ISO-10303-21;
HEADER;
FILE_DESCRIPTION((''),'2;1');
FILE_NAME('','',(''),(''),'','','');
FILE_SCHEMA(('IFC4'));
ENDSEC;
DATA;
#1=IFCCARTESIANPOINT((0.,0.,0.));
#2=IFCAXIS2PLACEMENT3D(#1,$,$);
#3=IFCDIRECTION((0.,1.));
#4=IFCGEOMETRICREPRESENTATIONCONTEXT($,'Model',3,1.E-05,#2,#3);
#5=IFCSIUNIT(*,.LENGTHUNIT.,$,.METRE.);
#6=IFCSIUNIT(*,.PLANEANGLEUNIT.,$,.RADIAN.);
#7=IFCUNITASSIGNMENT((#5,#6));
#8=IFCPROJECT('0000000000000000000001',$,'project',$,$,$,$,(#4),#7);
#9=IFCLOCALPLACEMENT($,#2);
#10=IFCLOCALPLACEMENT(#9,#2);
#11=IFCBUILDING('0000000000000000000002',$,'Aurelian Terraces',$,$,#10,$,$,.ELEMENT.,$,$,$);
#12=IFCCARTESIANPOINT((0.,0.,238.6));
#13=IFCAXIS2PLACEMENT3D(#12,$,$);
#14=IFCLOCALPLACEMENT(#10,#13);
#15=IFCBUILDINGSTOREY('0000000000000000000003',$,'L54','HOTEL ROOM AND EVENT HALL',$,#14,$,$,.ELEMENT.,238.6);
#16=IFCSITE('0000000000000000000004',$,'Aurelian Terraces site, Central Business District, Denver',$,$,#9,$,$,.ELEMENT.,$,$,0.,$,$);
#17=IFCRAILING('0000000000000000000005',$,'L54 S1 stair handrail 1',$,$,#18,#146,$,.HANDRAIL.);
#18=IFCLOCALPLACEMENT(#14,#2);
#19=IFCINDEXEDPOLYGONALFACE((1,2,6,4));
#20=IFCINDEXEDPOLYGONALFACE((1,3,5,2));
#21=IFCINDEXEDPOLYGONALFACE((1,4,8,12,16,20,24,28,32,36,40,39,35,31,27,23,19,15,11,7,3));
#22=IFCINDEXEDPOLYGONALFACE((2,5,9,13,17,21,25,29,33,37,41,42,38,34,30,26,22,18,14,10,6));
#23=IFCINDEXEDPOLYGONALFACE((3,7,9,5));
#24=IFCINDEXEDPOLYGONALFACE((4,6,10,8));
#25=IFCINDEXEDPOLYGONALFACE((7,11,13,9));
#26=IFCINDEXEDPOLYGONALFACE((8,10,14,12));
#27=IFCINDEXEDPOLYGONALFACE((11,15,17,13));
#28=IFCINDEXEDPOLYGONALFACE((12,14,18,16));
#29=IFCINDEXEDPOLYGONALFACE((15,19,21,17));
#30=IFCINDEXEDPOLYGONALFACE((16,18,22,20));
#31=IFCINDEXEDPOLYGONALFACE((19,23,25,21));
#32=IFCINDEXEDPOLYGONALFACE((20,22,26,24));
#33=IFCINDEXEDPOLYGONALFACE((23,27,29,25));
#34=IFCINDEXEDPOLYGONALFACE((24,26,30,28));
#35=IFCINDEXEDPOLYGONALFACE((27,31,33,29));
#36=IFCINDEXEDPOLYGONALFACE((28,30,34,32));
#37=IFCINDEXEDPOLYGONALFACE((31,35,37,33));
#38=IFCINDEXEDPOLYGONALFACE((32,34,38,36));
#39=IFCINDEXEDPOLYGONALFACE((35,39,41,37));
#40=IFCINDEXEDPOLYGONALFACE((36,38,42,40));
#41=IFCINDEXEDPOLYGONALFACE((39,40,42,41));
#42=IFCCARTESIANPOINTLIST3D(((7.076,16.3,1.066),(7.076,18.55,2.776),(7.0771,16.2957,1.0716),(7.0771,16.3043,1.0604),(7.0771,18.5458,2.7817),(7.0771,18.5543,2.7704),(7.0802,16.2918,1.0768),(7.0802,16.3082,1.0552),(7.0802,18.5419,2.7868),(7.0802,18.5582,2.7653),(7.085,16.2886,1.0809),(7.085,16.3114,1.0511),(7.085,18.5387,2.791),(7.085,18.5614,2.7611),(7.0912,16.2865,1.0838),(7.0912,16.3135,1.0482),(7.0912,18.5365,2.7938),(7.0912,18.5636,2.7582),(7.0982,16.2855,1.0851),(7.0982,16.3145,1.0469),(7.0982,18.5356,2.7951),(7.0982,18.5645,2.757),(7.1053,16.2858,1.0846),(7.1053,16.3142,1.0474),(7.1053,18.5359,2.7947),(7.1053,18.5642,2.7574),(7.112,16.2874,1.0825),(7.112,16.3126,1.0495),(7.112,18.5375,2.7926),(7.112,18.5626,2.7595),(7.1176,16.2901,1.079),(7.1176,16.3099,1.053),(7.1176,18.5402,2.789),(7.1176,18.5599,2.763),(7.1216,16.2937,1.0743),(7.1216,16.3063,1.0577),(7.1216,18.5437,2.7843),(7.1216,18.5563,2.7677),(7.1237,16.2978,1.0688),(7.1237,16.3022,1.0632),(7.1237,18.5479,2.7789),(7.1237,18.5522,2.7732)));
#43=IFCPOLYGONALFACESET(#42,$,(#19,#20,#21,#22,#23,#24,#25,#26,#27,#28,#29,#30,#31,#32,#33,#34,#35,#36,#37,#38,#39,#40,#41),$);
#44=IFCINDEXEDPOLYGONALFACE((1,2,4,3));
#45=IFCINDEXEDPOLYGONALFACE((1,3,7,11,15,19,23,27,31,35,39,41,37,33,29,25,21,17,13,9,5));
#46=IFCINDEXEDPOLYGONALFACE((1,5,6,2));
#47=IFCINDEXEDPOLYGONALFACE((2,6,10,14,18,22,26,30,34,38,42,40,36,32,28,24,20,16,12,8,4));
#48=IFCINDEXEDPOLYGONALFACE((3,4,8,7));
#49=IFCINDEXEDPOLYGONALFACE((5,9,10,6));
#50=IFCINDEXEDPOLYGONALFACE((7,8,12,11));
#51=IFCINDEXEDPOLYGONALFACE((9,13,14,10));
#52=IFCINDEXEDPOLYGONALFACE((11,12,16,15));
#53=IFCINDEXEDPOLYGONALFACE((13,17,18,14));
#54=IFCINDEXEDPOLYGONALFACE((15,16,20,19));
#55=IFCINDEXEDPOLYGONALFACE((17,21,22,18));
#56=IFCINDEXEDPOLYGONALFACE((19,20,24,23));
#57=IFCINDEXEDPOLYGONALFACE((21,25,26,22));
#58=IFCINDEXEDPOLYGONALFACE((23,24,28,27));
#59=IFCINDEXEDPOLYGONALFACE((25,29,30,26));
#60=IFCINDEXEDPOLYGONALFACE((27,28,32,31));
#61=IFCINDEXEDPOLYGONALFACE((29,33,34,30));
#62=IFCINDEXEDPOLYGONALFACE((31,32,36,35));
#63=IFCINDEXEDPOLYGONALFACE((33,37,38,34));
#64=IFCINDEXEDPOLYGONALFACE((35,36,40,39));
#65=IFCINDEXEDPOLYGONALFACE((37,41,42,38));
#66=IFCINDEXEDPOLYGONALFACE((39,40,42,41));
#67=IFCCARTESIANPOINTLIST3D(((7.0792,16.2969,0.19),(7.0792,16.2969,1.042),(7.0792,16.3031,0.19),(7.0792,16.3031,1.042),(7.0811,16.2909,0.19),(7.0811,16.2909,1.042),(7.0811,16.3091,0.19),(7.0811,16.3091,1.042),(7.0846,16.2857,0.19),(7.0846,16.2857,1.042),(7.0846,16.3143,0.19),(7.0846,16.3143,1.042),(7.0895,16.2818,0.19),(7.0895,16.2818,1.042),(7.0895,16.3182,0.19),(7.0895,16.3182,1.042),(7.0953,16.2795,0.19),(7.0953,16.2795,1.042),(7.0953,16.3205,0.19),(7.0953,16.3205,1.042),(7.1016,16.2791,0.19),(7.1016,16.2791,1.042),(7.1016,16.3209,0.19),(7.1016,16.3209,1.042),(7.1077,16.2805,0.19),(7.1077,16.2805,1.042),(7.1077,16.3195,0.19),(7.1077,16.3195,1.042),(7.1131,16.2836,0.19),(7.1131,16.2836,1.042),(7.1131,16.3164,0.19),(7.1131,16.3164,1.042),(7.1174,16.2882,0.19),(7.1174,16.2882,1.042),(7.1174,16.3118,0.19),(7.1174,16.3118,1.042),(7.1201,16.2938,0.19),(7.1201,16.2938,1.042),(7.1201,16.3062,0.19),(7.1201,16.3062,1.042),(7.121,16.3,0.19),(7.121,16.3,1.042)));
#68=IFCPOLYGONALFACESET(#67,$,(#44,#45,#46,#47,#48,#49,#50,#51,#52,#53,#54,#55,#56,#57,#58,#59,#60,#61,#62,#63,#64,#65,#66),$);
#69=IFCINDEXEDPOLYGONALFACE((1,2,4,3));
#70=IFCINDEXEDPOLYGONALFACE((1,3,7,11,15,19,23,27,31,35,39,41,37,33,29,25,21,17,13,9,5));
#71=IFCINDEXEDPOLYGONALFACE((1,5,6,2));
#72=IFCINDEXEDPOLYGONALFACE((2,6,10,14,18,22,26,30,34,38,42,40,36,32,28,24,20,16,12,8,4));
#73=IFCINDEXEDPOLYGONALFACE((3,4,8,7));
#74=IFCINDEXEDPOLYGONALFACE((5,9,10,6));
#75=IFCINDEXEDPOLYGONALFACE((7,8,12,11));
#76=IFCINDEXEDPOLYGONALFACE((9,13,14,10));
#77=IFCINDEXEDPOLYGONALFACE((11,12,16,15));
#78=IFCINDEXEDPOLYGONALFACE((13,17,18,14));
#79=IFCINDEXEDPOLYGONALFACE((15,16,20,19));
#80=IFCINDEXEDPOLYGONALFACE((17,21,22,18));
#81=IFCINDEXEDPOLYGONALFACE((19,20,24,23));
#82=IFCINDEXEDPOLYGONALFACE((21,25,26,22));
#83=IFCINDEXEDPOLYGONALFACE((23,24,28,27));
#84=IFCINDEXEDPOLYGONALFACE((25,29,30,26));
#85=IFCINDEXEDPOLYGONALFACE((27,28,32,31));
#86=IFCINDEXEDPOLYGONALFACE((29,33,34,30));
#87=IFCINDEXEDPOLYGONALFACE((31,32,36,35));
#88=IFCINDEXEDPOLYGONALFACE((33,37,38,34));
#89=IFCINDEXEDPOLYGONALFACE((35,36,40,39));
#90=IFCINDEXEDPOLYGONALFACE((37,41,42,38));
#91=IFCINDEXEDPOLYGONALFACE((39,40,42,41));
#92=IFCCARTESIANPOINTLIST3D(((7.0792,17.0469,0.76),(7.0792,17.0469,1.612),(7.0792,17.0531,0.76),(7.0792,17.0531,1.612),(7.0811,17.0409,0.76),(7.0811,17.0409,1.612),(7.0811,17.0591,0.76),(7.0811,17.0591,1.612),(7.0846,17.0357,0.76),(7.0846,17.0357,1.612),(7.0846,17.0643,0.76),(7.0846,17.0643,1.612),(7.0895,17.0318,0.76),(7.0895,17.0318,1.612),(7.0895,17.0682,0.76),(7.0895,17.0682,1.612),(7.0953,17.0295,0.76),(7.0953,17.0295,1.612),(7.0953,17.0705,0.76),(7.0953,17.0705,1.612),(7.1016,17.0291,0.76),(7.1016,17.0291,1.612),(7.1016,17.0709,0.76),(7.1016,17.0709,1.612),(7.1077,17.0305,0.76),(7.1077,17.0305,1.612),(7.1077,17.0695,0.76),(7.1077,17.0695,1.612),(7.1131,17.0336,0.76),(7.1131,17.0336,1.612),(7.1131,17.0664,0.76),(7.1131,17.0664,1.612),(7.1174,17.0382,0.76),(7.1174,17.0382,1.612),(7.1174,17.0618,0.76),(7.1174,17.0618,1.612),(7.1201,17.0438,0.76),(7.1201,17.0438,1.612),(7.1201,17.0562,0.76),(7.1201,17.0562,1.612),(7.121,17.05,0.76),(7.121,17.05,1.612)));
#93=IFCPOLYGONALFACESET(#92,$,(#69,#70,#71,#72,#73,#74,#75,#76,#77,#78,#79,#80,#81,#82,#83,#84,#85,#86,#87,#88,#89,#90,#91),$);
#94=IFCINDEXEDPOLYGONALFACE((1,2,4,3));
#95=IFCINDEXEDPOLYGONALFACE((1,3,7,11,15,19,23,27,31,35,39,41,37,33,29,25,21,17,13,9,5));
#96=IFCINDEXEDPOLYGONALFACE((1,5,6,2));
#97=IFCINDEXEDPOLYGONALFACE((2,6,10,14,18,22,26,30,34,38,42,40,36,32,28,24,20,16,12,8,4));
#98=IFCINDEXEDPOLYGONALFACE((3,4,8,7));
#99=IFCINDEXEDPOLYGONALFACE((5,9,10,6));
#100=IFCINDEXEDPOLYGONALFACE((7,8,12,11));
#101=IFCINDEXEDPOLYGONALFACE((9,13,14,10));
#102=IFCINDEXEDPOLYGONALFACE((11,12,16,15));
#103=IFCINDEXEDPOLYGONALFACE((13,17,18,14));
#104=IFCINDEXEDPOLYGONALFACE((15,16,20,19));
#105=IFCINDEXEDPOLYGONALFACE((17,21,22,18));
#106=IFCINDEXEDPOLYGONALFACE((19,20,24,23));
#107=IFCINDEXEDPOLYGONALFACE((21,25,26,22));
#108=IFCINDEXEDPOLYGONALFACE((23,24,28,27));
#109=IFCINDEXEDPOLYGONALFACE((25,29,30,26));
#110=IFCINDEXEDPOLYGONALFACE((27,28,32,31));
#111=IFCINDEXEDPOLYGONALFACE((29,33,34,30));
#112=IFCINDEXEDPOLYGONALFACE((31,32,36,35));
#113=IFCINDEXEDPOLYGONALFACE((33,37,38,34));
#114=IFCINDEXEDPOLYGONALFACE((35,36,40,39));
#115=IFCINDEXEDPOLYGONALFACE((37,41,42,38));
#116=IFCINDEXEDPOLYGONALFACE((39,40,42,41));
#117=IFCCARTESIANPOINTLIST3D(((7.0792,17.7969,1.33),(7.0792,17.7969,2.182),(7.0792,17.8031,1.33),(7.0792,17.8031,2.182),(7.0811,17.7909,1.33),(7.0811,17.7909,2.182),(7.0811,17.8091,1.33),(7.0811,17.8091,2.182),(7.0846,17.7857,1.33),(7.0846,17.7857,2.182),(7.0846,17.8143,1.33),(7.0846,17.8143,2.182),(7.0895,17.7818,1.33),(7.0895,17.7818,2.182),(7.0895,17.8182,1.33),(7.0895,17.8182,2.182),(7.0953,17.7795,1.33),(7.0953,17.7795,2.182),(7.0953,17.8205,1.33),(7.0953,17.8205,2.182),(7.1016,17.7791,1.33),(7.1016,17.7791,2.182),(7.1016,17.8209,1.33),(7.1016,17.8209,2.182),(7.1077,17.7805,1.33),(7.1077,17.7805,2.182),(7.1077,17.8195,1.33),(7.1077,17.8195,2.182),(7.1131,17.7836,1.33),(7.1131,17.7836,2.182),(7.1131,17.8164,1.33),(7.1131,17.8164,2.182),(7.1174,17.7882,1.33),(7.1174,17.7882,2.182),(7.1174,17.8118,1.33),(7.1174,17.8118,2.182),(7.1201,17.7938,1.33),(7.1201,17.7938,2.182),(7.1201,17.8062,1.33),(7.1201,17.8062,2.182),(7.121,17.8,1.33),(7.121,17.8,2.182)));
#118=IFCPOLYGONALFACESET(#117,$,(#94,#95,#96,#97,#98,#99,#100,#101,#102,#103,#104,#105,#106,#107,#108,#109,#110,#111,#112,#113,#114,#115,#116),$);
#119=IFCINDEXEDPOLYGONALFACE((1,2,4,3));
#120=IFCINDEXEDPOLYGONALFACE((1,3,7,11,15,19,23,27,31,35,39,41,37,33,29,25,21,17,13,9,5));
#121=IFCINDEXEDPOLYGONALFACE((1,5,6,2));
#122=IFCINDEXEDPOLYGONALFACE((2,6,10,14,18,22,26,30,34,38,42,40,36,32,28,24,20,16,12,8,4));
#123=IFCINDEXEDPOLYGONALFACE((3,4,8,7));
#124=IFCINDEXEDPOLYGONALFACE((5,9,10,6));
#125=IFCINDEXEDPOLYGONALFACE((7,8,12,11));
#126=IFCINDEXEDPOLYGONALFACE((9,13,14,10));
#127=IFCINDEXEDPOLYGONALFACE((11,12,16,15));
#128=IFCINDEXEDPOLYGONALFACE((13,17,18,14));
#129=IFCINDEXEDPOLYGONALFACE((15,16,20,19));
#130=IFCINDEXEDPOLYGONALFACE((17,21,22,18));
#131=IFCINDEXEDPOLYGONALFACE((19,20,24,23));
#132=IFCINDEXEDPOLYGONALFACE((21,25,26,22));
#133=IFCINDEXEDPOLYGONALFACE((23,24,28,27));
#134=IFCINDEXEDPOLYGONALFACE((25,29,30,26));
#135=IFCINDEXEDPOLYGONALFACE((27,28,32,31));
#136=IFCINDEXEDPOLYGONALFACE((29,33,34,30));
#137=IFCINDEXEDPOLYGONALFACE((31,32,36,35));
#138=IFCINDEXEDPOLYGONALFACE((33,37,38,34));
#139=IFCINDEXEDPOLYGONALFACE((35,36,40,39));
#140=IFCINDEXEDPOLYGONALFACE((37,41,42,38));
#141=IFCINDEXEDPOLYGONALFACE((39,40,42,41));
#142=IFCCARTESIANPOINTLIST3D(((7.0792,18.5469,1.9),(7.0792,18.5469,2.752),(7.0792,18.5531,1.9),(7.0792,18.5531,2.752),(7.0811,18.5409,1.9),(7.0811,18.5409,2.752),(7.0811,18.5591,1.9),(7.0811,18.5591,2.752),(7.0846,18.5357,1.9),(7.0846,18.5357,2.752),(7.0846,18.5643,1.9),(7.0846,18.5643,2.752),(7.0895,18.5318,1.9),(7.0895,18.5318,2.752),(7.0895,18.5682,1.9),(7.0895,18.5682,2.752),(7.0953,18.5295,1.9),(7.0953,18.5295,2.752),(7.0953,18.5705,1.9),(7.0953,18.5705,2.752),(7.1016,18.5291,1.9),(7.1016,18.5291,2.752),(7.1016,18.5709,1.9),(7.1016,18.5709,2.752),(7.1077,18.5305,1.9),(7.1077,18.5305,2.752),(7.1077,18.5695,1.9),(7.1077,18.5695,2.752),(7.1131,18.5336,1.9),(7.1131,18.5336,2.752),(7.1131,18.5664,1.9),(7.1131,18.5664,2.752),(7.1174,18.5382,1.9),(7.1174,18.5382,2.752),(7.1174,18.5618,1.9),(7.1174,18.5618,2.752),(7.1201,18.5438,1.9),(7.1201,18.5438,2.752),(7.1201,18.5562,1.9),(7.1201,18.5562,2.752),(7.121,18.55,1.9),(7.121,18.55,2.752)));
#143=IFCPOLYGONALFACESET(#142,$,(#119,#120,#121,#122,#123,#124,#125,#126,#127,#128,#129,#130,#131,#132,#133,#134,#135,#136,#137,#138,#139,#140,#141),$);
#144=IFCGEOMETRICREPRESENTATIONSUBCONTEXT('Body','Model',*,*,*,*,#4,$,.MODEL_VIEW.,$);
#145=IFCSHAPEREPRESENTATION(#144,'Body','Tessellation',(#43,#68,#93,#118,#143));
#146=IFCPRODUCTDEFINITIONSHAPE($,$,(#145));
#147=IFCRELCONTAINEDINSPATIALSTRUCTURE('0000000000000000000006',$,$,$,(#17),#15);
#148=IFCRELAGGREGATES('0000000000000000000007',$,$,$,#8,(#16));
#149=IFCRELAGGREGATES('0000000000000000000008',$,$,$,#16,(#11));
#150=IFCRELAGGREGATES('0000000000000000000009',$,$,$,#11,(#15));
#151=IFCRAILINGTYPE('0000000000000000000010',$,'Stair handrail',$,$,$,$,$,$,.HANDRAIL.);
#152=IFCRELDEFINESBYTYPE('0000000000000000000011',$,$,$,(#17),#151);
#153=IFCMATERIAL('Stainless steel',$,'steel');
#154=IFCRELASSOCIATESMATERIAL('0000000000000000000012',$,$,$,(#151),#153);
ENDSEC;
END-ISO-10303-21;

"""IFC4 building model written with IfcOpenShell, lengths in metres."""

from ifc_helpers import new_model, si_unit, direction, frame, origin, origin_2d, place, context, subcontext, project, spatial, circle, extrude, source, transform, mapped, material, type_object, element, save


model = new_model("IFC4")

# Units and contexts
model_context = context("Model", 3, precision=1e-05, world=origin(), true_north=direction((0.0, 1.0)))
body_context = subcontext(model_context, "Body", "Model", "MODEL_VIEW")
ifc_project = project(units=[si_unit("LENGTHUNIT", "METRE"), si_unit("PLANEANGLEUNIT", "RADIAN")], contexts=[model_context])

# Site, building, storey
site_placement = place(None, origin())
site = spatial("IfcSite", under=ifc_project, at=site_placement, Name="Aurelian Terraces site, Central Business District, Denver", CompositionType="ELEMENT", RefElevation=0.0)
building_placement = place(site_placement, origin())
building = spatial("IfcBuilding", under=site, at=building_placement, Name="Aurelian Terraces", CompositionType="ELEMENT")
storey_placement = place(building_placement, frame((0.0, 0.0, 238.6)))
storey = spatial("IfcBuildingStorey", under=building, at=storey_placement, Name="L54", Description="HOTEL ROOM AND EVENT HALL", CompositionType="ELEMENT", Elevation=238.6)

# Railing
ifc_material_1 = material(Name="Stainless steel", Category="steel")
railing_type_1 = type_object("IfcRailingType", Name="Stair handrail", PredefinedType="HANDRAIL", material=ifc_material_1)
shared_shape_1 = source(origin(), body_context, "Body", "SweptSolid", [
    extrude(circle(Radius=0.024, at=origin_2d()), frame((0.0, 0.0, 0.876), z_axis=(0.0, 0.796162, 0.605083), x_axis=(-1.0, 0.0, 0.0)), (0.0, 0.0, 1.0), 2.8261),
    extrude(circle(Radius=0.021, at=origin_2d()), origin(), (0.0, 0.0, 1.0), 0.852),
    extrude(circle(Radius=0.021, at=origin_2d()), frame((0.0, 0.75, 0.57)), (0.0, 0.0, 1.0), 0.852),
    extrude(circle(Radius=0.021, at=origin_2d()), frame((0.0, 1.5, 1.14)), (0.0, 0.0, 1.0), 0.852),
    extrude(circle(Radius=0.021, at=origin_2d()), frame((0.0, 2.25, 1.71)), (0.0, 0.0, 1.0), 0.852),
])
railing_1_placement = place(storey_placement, frame((7.1, 16.3, 0.19)))
element("IfcRailing", 1, at=railing_1_placement, inside=storey, type_object=railing_type_1, Name="L54 S1 stair handrail 1", PredefinedType="HANDRAIL", context=body_context, shape_type="MappedRepresentation", body=[
    mapped(shared_shape_1, transform((0.0, 0.0, 0.0), scale=1.0)),
])

save(model, "model.ifc")
